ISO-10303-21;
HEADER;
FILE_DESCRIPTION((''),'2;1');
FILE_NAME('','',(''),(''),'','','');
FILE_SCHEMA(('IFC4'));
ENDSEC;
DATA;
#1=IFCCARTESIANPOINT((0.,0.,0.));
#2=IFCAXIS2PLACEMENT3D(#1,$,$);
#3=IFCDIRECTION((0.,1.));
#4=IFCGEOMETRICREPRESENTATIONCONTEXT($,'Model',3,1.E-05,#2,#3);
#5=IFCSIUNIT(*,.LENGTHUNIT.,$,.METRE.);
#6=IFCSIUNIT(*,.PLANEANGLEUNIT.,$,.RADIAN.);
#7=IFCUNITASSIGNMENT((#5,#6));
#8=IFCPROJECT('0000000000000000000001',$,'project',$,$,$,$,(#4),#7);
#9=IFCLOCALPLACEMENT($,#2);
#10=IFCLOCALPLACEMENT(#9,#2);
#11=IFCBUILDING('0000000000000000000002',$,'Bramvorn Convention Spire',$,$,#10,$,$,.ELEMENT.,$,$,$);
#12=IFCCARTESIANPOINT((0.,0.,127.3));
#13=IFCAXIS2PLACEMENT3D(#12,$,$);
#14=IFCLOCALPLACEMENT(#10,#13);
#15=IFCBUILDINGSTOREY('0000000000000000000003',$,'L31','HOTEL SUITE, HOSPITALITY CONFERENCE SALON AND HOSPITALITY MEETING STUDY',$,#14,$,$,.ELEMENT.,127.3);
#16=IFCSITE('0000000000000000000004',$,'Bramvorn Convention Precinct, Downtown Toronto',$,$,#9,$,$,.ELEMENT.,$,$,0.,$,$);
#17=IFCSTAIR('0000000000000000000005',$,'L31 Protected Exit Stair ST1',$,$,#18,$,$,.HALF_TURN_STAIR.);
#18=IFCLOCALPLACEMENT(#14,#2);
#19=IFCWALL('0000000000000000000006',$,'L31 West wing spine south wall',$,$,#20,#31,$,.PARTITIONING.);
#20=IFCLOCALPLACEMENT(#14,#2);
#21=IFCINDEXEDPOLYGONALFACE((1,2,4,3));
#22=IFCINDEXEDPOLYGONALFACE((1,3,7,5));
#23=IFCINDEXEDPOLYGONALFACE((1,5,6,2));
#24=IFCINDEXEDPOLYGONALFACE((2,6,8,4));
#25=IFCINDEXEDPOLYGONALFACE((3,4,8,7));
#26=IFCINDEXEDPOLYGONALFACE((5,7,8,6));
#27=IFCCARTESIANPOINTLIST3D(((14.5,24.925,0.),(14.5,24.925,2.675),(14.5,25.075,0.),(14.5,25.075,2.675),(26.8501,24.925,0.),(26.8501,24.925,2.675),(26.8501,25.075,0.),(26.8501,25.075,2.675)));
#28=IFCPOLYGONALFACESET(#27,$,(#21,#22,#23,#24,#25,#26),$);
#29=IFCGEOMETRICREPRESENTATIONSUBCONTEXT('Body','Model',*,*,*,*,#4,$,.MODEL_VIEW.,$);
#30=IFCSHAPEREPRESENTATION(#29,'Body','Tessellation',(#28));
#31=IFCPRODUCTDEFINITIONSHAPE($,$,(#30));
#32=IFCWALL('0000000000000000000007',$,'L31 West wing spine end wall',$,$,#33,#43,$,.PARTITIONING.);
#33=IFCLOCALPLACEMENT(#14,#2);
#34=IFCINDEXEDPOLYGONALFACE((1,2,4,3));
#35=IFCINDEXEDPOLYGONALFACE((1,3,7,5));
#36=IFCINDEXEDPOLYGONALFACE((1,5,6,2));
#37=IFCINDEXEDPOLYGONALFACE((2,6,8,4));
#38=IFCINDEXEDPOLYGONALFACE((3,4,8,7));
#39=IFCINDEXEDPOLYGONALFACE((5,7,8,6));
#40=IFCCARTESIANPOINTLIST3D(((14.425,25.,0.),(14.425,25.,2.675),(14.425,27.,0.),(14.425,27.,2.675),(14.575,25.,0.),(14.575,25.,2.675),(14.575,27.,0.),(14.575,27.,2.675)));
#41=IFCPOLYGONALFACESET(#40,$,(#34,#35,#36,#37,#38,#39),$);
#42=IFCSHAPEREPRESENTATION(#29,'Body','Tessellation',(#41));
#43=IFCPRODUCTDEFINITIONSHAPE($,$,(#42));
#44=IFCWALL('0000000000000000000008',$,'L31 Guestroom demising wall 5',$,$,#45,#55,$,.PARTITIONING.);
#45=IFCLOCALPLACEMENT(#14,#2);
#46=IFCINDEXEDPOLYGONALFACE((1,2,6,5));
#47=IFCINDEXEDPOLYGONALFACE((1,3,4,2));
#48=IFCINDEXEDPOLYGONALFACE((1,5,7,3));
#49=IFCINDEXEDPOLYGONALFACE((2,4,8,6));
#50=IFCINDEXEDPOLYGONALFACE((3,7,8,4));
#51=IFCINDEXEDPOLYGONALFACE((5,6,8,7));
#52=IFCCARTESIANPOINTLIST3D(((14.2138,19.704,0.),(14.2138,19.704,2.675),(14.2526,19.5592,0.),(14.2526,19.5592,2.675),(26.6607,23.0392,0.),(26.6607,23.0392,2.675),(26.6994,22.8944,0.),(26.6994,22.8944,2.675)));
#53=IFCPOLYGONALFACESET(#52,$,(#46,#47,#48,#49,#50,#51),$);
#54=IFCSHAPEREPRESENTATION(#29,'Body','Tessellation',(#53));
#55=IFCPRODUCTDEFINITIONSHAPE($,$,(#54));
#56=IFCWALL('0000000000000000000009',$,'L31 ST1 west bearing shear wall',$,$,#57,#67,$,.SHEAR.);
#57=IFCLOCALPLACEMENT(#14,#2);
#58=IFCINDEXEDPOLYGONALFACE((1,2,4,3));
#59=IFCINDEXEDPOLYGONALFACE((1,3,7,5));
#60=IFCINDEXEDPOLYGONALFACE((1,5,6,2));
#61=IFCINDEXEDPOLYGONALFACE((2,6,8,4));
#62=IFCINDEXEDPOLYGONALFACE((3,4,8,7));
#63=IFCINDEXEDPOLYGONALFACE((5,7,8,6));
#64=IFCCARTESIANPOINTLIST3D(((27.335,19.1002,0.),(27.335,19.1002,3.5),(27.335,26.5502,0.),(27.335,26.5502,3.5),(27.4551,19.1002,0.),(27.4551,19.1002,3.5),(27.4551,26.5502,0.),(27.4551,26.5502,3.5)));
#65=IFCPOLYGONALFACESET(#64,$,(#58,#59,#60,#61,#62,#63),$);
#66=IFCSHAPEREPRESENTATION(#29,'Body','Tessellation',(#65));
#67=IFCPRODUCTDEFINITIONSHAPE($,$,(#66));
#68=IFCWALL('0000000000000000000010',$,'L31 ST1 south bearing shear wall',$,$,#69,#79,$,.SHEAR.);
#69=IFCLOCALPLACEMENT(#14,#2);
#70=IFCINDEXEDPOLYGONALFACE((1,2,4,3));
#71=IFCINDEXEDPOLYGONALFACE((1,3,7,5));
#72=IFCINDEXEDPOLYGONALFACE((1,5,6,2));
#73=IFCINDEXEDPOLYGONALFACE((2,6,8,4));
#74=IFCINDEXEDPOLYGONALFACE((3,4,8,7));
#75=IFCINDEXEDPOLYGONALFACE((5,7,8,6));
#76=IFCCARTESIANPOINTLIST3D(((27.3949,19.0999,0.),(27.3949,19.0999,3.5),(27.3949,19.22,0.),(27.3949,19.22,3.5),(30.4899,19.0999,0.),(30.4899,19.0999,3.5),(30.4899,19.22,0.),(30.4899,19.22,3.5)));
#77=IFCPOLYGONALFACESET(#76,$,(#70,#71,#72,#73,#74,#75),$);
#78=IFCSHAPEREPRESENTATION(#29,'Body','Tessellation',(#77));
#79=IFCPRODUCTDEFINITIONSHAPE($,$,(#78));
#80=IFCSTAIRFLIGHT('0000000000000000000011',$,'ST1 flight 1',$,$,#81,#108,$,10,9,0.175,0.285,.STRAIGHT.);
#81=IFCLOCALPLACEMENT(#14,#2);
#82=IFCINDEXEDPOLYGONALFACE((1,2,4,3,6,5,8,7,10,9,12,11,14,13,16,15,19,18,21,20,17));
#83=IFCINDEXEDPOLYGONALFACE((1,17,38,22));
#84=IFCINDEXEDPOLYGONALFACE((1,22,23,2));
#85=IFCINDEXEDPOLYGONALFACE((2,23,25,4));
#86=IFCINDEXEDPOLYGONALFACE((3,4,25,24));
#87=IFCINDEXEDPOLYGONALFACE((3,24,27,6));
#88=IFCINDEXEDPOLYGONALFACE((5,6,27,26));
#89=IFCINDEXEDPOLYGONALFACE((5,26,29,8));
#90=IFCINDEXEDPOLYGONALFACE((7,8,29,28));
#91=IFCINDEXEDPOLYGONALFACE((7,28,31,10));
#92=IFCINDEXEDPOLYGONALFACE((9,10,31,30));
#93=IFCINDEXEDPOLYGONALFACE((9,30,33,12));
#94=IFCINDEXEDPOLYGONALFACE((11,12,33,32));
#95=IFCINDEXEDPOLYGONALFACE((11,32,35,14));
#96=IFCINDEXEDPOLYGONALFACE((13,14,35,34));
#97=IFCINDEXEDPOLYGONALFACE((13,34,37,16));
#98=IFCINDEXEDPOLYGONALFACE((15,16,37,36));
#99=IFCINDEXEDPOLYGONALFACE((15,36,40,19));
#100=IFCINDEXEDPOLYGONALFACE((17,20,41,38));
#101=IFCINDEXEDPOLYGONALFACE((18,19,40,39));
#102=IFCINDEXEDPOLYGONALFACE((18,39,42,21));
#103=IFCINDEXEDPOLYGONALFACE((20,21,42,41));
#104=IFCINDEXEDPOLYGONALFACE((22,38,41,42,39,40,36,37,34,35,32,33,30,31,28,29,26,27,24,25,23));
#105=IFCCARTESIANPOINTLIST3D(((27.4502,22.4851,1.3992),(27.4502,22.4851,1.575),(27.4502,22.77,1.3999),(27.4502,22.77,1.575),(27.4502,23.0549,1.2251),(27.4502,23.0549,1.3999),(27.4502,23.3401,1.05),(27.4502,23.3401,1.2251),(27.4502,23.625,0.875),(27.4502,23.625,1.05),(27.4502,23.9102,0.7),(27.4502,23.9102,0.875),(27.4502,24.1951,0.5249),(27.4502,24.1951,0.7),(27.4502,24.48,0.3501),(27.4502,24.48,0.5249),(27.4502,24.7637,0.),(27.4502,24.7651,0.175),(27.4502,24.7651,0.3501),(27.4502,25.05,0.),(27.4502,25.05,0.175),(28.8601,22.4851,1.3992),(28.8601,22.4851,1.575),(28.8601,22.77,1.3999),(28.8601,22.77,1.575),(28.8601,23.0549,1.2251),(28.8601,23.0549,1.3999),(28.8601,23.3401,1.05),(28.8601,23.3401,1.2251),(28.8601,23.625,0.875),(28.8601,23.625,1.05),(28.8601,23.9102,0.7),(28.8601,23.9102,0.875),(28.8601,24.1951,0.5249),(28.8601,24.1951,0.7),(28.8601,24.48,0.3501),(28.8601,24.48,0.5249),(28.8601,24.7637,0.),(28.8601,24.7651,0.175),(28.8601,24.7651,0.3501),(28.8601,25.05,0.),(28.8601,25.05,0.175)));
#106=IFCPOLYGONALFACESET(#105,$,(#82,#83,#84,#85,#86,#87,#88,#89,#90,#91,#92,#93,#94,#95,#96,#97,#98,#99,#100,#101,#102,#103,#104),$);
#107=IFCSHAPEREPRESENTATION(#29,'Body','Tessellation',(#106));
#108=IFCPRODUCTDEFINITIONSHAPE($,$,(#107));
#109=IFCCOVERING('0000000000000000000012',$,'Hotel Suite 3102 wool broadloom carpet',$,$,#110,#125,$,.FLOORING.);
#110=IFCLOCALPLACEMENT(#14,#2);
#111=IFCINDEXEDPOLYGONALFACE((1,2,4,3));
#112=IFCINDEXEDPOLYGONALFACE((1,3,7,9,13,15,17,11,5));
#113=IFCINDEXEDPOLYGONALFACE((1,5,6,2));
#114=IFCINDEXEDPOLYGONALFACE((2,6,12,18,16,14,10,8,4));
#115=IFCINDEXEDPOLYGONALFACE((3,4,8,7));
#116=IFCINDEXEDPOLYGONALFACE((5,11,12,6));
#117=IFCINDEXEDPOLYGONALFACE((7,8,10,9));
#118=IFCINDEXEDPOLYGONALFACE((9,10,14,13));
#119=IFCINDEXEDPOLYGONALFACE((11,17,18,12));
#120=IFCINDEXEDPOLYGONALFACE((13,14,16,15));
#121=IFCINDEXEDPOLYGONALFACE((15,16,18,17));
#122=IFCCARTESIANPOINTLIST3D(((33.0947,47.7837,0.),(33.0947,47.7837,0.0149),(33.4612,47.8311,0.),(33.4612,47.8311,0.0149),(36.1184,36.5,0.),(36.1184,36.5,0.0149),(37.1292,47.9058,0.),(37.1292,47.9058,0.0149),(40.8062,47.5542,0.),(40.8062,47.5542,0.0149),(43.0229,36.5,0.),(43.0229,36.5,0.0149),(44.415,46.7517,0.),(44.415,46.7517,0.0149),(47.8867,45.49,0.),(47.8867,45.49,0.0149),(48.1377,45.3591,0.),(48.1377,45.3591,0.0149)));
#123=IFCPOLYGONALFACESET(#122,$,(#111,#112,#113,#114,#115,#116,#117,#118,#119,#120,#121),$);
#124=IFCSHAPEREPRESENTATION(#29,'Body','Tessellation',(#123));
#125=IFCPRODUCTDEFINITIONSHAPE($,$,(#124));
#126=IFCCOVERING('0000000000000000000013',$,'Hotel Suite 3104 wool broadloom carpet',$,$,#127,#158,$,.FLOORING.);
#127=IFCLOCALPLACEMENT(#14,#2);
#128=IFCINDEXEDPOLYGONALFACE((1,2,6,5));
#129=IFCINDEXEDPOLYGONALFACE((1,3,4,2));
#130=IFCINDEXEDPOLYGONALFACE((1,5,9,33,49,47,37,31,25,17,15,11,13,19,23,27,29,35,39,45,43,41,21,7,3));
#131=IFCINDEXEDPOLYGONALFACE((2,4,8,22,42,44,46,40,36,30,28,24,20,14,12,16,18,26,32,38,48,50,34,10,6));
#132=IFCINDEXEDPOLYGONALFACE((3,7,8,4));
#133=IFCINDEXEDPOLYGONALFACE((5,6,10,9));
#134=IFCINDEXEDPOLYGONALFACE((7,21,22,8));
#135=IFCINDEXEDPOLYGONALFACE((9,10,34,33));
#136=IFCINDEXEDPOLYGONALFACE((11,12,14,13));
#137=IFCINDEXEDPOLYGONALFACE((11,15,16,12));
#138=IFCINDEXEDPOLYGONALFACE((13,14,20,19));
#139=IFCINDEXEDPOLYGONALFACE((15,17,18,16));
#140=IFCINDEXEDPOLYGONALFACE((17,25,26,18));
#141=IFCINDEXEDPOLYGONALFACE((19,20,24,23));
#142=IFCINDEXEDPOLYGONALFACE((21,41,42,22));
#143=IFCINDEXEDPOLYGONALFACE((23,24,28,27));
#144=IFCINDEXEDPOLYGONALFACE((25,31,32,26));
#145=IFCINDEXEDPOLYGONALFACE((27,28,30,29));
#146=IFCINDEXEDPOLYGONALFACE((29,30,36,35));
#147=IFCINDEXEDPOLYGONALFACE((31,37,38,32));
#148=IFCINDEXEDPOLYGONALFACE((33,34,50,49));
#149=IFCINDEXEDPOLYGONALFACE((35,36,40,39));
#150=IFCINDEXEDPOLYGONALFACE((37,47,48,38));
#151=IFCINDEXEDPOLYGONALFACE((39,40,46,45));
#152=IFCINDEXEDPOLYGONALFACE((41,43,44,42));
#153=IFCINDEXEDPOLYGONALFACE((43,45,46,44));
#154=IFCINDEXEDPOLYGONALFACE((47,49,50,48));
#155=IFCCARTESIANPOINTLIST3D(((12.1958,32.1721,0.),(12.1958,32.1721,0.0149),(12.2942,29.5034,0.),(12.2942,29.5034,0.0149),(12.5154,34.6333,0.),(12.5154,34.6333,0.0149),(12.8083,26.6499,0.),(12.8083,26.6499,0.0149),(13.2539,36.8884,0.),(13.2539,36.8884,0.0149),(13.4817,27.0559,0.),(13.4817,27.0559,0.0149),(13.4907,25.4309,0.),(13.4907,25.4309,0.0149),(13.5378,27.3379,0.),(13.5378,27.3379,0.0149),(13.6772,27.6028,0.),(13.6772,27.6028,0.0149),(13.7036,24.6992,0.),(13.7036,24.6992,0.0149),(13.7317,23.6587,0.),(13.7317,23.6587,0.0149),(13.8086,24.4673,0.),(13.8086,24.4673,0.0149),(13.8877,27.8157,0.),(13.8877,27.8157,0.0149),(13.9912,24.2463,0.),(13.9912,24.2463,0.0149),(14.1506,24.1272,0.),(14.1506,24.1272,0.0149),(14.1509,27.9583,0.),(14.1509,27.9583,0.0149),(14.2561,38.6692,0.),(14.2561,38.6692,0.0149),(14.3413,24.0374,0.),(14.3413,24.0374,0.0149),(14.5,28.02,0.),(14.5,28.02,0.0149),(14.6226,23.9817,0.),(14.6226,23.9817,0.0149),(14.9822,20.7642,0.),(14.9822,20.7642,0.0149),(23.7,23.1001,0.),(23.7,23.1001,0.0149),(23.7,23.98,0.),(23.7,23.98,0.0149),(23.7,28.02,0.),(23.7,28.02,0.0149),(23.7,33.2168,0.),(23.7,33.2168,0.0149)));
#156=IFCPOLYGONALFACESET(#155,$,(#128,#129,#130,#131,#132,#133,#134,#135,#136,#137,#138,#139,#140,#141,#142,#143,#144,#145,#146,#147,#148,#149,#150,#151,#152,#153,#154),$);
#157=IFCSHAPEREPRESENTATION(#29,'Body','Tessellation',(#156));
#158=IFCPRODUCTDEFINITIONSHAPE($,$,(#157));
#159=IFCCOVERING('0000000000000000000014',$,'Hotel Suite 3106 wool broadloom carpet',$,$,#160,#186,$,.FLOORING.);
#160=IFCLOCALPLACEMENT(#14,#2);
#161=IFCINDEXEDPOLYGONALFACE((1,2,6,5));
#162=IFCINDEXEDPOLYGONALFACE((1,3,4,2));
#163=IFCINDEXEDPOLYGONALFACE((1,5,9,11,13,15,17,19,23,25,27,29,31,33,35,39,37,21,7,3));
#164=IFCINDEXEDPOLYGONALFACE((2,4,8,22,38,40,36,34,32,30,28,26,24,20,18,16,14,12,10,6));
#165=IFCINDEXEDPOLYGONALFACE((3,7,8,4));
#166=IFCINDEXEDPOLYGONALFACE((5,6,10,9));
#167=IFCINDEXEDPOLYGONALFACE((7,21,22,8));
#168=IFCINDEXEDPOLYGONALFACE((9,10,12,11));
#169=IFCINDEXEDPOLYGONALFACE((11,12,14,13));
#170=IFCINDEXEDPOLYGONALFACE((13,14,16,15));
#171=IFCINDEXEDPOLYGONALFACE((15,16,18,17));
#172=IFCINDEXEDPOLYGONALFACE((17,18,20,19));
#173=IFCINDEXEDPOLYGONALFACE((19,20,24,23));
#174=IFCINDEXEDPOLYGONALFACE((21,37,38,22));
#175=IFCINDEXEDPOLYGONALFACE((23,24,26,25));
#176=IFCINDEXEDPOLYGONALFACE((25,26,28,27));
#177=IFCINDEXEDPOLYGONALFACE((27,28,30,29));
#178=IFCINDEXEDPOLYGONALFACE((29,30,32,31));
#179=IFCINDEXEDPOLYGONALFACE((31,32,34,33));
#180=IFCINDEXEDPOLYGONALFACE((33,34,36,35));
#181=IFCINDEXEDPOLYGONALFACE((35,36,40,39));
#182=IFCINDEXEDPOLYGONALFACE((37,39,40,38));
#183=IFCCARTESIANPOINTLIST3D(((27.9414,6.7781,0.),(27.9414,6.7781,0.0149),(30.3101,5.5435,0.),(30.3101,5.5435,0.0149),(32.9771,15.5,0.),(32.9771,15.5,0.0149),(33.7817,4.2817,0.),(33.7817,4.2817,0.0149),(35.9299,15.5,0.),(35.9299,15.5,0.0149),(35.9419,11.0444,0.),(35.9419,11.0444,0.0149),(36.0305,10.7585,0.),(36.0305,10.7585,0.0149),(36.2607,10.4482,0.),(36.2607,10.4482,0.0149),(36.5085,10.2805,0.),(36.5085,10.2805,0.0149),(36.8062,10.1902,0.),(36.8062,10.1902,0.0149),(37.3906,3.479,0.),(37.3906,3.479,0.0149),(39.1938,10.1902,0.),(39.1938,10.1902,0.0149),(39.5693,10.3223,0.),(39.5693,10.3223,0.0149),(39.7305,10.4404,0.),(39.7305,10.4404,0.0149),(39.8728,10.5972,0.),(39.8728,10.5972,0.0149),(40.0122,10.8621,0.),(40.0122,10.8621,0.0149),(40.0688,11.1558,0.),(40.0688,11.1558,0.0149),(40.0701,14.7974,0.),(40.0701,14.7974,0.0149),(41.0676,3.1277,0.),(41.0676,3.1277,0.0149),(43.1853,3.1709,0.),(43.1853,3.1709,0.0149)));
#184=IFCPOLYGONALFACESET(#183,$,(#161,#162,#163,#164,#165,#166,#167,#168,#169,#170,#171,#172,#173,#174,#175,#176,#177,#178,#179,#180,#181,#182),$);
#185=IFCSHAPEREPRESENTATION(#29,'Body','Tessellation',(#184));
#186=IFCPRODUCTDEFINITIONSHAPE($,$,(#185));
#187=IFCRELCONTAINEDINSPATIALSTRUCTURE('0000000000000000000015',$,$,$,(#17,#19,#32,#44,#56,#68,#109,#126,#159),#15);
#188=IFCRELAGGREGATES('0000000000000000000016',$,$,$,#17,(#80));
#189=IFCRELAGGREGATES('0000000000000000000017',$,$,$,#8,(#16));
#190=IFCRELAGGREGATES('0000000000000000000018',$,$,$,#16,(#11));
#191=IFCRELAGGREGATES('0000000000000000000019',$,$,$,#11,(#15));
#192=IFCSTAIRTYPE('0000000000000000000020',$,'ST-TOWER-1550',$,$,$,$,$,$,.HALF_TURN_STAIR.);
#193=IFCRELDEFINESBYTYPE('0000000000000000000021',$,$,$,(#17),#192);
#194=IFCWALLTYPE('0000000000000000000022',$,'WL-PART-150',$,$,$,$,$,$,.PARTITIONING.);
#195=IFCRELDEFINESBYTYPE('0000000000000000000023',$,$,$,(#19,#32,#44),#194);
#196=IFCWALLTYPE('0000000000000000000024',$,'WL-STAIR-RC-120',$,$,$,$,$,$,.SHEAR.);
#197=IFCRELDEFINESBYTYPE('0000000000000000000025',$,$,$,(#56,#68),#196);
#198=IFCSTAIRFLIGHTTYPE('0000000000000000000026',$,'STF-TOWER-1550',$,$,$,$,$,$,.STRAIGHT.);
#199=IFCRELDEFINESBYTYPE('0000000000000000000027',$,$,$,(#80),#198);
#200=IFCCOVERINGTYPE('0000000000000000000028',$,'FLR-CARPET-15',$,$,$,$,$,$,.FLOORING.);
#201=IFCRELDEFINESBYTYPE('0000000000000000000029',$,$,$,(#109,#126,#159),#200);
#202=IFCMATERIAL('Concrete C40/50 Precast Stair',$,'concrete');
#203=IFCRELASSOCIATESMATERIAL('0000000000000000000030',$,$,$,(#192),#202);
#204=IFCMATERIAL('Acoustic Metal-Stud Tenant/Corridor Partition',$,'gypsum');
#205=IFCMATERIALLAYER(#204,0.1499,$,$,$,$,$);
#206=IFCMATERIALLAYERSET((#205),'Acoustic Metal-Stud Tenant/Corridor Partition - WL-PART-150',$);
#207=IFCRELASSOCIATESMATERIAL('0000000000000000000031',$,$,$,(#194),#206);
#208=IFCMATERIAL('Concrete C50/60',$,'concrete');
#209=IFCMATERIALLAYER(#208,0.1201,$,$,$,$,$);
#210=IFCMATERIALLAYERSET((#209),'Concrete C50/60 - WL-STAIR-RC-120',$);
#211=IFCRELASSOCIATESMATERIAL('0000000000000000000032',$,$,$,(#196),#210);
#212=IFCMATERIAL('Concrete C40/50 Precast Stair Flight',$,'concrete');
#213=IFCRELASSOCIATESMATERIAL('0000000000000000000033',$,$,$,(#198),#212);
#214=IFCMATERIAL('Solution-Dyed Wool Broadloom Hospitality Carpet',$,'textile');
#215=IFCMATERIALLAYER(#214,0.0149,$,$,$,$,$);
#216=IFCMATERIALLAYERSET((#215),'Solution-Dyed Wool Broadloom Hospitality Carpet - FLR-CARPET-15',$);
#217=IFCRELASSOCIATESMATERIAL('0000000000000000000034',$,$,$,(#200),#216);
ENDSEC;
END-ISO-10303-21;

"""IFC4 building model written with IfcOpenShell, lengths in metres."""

from ifc_helpers import new_model, si_unit, direction, frame, frame_2d, origin, place, context, subcontext, project, spatial, polyline, rectangle, outline, extrude, material, layer, layer_set, type_object, element, aggregate, save


model = new_model("IFC4")

# Units and contexts
model_context = context("Model", 3, precision=1e-05, world=origin(), true_north=direction((0.0, 1.0)))
body_context = subcontext(model_context, "Body", "Model", "MODEL_VIEW")
ifc_project = project(units=[si_unit("LENGTHUNIT", "METRE"), si_unit("PLANEANGLEUNIT", "RADIAN")], contexts=[model_context])

# Site, building, storey
site_placement = place(None, origin())
site = spatial("IfcSite", under=ifc_project, at=site_placement, Name="Bramvorn Convention Precinct, Downtown Toronto", CompositionType="ELEMENT", RefElevation=0.0)
building_placement = place(site_placement, origin())
building = spatial("IfcBuilding", under=site, at=building_placement, Name="Bramvorn Convention Spire", CompositionType="ELEMENT")
storey_placement = place(building_placement, frame((0.0, 0.0, 127.3)))
storey = spatial("IfcBuildingStorey", under=building, at=storey_placement, Name="L31", Description="HOTEL SUITE, HOSPITALITY CONFERENCE SALON AND HOSPITALITY MEETING STUDY", CompositionType="ELEMENT", Elevation=127.3)

# Stair
ifc_material_1 = material(Name="Concrete C40/50 Precast Stair", Category="concrete")
stair_type = type_object("IfcStairType", Name="ST-TOWER-1550", PredefinedType="HALF_TURN_STAIR", material=ifc_material_1)
stair_1_placement = place(storey_placement, origin())
stair_1 = element("IfcStair", 1, at=stair_1_placement, inside=storey, type_object=stair_type, Name="L31 Protected Exit Stair ST1", PredefinedType="HALF_TURN_STAIR")

# Shared definitions
ifc_material_2 = material(Name="Concrete C50/60", Category="concrete")

# Walls
ifc_material_3 = material(Name="Acoustic Metal-Stud Tenant/Corridor Partition", Category="gypsum")
ifc_layer_1 = layer(ifc_material_3, 0.1499)
ifc_layer_set_1 = layer_set([ifc_layer_1], Name="Acoustic Metal-Stud Tenant/Corridor Partition - WL-PART-150")
wall_type_1 = type_object("IfcWallType", Name="WL-PART-150", PredefinedType="PARTITIONING", material=ifc_layer_set_1)
wall_1_placement = place(storey_placement, frame((14.5, 25.0, 0.0), z_axis=(0.0, 0.0, 1.0), x_axis=(1.0, 0.0, 0.0)))
element("IfcWall", 2, at=wall_1_placement, inside=storey, type_object=wall_type_1, Name="L31 West wing spine south wall", PredefinedType="PARTITIONING", context=body_context, shape_type="SweptSolid", body=[
    extrude(rectangle(XDim=12.3501, YDim=0.1499, at=frame_2d((6.175, 0.0))), origin(), (0.0, 0.0, 1.0), 2.675),
])
wall_2_placement = place(storey_placement, frame((14.5, 25.0, 0.0), z_axis=(0.0, 0.0, 1.0), x_axis=(0.0, 1.0, 0.0)))
element("IfcWall", 3, at=wall_2_placement, inside=storey, type_object=wall_type_1, Name="L31 West wing spine end wall", PredefinedType="PARTITIONING", context=body_context, shape_type="SweptSolid", body=[
    extrude(rectangle(XDim=2.0, YDim=0.1499, at=frame_2d((1.0, 0.0))), origin(), (0.0, 0.0, 1.0), 2.675),
])
wall_3_placement = place(storey_placement, frame((26.6799, 22.9668, 0.0), z_axis=(0.0, 0.0, 1.0), x_axis=(-0.965924, -0.258826, 0.0)))
element("IfcWall", 4, at=wall_3_placement, inside=storey, type_object=wall_type_1, Name="L31 Guestroom demising wall 5", PredefinedType="PARTITIONING", context=body_context, shape_type="SweptSolid", body=[
    extrude(rectangle(XDim=12.886, YDim=0.1499, at=frame_2d((6.4429, 0.0))), origin(), (0.0, 0.0, 1.0), 2.675),
])
ifc_layer_2 = layer(ifc_material_2, 0.1201)
ifc_layer_set_2 = layer_set([ifc_layer_2], Name="Concrete C50/60 - WL-STAIR-RC-120")
wall_type_2 = type_object("IfcWallType", Name="WL-STAIR-RC-120", PredefinedType="SHEAR", material=ifc_layer_set_2)
wall_4_placement = place(storey_placement, frame((27.395, 19.1001, 0.0), z_axis=(0.0, 0.0, 1.0), x_axis=(0.0, 1.0, 0.0)))
element("IfcWall", 5, at=wall_4_placement, inside=storey, type_object=wall_type_2, Name="L31 ST1 west bearing shear wall", PredefinedType="SHEAR", context=body_context, shape_type="SweptSolid", body=[
    extrude(rectangle(XDim=7.45, YDim=0.1201, at=frame_2d((3.7251, 0.0))), origin(), (0.0, 0.0, 1.0), 3.5),
])
wall_5_placement = place(storey_placement, frame((27.395, 19.1599, 0.0), z_axis=(0.0, 0.0, 1.0), x_axis=(1.0, 0.0, 0.0)))
element("IfcWall", 6, at=wall_5_placement, inside=storey, type_object=wall_type_2, Name="L31 ST1 south bearing shear wall", PredefinedType="SHEAR", context=body_context, shape_type="SweptSolid", body=[
    extrude(rectangle(XDim=3.095, YDim=0.1201, at=frame_2d((1.5474, 0.0))), origin(), (0.0, 0.0, 1.0), 3.5),
])

# Stair flight
ifc_material_4 = material(Name="Concrete C40/50 Precast Stair Flight", Category="concrete")
stair_flight_type = type_object("IfcStairFlightType", Name="STF-TOWER-1550", PredefinedType="STRAIGHT", material=ifc_material_4)
stair_flight_placement = place(storey_placement, frame((28.155, 25.05, 0.0), z_axis=(0.0, 0.0, 1.0), x_axis=(0.0, -1.0, 0.0)))
stair_flight = element("IfcStairFlight", 7, at=stair_flight_placement, type_object=stair_flight_type, Name="ST1 flight 1", NumberOfRisers=10, NumberOfTreads=9, PredefinedType="STRAIGHT", RiserHeight=0.175, TreadLength=0.285, context=body_context, shape_type="SweptSolid", body=[
    extrude(outline(polyline([(0.0, 0.0), (0.0, 0.175), (0.2849, 0.175), (0.2849, 0.3501), (0.5701, 0.3501), (0.5701, 0.5249), (0.855, 0.5249), (0.855, 0.7), (1.1399, 0.7), (1.1399, 0.875), (1.425, 0.875), (1.425, 1.05), (1.71, 1.05), (1.71, 1.2251), (1.9951, 1.2251), (1.9951, 1.3999), (2.28, 1.3999), (2.28, 1.575), (2.5649, 1.575), (2.5649, 1.75), (2.5649, 1.3992), (0.2864, 0.0), (0.0, 0.0)])), frame((0.0, 0.7051, 0.0), z_axis=(0.0, -1.0, 0.0), x_axis=(1.0, 0.0, 0.0)), (0.0, 0.0, 1.0), 1.4099),
])
aggregate(stair_1, [stair_flight])

# Coverings
ifc_material_5 = material(Name="Solution-Dyed Wool Broadloom Hospitality Carpet", Category="textile")
ifc_layer_3 = layer(ifc_material_5, 0.0149)
ifc_layer_set_3 = layer_set([ifc_layer_3], Name="Solution-Dyed Wool Broadloom Hospitality Carpet - FLR-CARPET-15")
covering_type = type_object("IfcCoveringType", Name="FLR-CARPET-15", PredefinedType="FLOORING", material=ifc_layer_set_3)
covering_1_placement = place(storey_placement, origin())
element("IfcCovering", 8, at=covering_1_placement, inside=storey, type_object=covering_type, Name="Hotel Suite 3102 wool broadloom carpet", PredefinedType="FLOORING", context=body_context, shape_type="SweptSolid", body=[
    extrude(outline(polyline([(33.4612, 47.8311), (33.0947, 47.7837), (36.1184, 36.5), (43.0229, 36.5), (48.1377, 45.3591), (47.8867, 45.49), (44.415, 46.7517), (40.8062, 47.5542), (37.1292, 47.9058), (33.4612, 47.8311)])), origin(), (0.0, 0.0, 1.0), 0.0149),
])
covering_2_placement = place(storey_placement, origin())
element("IfcCovering", 9, at=covering_2_placement, inside=storey, type_object=covering_type, Name="Hotel Suite 3104 wool broadloom carpet", PredefinedType="FLOORING", context=body_context, shape_type="SweptSolid", body=[
    extrude(outline(polyline([(14.9822, 20.7642), (23.7, 23.1001), (23.7, 23.98), (14.6226, 23.9817), (14.3413, 24.0374), (14.1506, 24.1272), (13.9912, 24.2463), (13.8086, 24.4673), (13.7036, 24.6992), (13.4907, 25.4309), (13.4817, 27.0559), (13.5378, 27.3379), (13.6772, 27.6028), (13.8877, 27.8157), (14.1509, 27.9583), (14.5, 28.02), (23.7, 28.02), (23.7, 33.2168), (14.2561, 38.6692), (13.2539, 36.8884), (12.5154, 34.6333), (12.1958, 32.1721), (12.2942, 29.5034), (12.8083, 26.6499), (13.7317, 23.6587), (14.9822, 20.7642)])), origin(), (0.0, 0.0, 1.0), 0.0149),
])
covering_3_placement = place(storey_placement, origin())
element("IfcCovering", 10, at=covering_3_placement, inside=storey, type_object=covering_type, Name="Hotel Suite 3106 wool broadloom carpet", PredefinedType="FLOORING", context=body_context, shape_type="SweptSolid", body=[
    extrude(outline(polyline([(41.0676, 3.1277), (43.1853, 3.1709), (40.0701, 14.7974), (40.0688, 11.1558), (40.0122, 10.8621), (39.8728, 10.5972), (39.7305, 10.4404), (39.5693, 10.3223), (39.1938, 10.1902), (36.8062, 10.1902), (36.5085, 10.2805), (36.2607, 10.4482), (36.0305, 10.7585), (35.9419, 11.0444), (35.9299, 15.5), (32.9771, 15.5), (27.9414, 6.7781), (30.3101, 5.5435), (33.7817, 4.2817), (37.3906, 3.479), (41.0676, 3.1277)])), origin(), (0.0, 0.0, 1.0), 0.0149),
])

save(model, "model.ifc")
